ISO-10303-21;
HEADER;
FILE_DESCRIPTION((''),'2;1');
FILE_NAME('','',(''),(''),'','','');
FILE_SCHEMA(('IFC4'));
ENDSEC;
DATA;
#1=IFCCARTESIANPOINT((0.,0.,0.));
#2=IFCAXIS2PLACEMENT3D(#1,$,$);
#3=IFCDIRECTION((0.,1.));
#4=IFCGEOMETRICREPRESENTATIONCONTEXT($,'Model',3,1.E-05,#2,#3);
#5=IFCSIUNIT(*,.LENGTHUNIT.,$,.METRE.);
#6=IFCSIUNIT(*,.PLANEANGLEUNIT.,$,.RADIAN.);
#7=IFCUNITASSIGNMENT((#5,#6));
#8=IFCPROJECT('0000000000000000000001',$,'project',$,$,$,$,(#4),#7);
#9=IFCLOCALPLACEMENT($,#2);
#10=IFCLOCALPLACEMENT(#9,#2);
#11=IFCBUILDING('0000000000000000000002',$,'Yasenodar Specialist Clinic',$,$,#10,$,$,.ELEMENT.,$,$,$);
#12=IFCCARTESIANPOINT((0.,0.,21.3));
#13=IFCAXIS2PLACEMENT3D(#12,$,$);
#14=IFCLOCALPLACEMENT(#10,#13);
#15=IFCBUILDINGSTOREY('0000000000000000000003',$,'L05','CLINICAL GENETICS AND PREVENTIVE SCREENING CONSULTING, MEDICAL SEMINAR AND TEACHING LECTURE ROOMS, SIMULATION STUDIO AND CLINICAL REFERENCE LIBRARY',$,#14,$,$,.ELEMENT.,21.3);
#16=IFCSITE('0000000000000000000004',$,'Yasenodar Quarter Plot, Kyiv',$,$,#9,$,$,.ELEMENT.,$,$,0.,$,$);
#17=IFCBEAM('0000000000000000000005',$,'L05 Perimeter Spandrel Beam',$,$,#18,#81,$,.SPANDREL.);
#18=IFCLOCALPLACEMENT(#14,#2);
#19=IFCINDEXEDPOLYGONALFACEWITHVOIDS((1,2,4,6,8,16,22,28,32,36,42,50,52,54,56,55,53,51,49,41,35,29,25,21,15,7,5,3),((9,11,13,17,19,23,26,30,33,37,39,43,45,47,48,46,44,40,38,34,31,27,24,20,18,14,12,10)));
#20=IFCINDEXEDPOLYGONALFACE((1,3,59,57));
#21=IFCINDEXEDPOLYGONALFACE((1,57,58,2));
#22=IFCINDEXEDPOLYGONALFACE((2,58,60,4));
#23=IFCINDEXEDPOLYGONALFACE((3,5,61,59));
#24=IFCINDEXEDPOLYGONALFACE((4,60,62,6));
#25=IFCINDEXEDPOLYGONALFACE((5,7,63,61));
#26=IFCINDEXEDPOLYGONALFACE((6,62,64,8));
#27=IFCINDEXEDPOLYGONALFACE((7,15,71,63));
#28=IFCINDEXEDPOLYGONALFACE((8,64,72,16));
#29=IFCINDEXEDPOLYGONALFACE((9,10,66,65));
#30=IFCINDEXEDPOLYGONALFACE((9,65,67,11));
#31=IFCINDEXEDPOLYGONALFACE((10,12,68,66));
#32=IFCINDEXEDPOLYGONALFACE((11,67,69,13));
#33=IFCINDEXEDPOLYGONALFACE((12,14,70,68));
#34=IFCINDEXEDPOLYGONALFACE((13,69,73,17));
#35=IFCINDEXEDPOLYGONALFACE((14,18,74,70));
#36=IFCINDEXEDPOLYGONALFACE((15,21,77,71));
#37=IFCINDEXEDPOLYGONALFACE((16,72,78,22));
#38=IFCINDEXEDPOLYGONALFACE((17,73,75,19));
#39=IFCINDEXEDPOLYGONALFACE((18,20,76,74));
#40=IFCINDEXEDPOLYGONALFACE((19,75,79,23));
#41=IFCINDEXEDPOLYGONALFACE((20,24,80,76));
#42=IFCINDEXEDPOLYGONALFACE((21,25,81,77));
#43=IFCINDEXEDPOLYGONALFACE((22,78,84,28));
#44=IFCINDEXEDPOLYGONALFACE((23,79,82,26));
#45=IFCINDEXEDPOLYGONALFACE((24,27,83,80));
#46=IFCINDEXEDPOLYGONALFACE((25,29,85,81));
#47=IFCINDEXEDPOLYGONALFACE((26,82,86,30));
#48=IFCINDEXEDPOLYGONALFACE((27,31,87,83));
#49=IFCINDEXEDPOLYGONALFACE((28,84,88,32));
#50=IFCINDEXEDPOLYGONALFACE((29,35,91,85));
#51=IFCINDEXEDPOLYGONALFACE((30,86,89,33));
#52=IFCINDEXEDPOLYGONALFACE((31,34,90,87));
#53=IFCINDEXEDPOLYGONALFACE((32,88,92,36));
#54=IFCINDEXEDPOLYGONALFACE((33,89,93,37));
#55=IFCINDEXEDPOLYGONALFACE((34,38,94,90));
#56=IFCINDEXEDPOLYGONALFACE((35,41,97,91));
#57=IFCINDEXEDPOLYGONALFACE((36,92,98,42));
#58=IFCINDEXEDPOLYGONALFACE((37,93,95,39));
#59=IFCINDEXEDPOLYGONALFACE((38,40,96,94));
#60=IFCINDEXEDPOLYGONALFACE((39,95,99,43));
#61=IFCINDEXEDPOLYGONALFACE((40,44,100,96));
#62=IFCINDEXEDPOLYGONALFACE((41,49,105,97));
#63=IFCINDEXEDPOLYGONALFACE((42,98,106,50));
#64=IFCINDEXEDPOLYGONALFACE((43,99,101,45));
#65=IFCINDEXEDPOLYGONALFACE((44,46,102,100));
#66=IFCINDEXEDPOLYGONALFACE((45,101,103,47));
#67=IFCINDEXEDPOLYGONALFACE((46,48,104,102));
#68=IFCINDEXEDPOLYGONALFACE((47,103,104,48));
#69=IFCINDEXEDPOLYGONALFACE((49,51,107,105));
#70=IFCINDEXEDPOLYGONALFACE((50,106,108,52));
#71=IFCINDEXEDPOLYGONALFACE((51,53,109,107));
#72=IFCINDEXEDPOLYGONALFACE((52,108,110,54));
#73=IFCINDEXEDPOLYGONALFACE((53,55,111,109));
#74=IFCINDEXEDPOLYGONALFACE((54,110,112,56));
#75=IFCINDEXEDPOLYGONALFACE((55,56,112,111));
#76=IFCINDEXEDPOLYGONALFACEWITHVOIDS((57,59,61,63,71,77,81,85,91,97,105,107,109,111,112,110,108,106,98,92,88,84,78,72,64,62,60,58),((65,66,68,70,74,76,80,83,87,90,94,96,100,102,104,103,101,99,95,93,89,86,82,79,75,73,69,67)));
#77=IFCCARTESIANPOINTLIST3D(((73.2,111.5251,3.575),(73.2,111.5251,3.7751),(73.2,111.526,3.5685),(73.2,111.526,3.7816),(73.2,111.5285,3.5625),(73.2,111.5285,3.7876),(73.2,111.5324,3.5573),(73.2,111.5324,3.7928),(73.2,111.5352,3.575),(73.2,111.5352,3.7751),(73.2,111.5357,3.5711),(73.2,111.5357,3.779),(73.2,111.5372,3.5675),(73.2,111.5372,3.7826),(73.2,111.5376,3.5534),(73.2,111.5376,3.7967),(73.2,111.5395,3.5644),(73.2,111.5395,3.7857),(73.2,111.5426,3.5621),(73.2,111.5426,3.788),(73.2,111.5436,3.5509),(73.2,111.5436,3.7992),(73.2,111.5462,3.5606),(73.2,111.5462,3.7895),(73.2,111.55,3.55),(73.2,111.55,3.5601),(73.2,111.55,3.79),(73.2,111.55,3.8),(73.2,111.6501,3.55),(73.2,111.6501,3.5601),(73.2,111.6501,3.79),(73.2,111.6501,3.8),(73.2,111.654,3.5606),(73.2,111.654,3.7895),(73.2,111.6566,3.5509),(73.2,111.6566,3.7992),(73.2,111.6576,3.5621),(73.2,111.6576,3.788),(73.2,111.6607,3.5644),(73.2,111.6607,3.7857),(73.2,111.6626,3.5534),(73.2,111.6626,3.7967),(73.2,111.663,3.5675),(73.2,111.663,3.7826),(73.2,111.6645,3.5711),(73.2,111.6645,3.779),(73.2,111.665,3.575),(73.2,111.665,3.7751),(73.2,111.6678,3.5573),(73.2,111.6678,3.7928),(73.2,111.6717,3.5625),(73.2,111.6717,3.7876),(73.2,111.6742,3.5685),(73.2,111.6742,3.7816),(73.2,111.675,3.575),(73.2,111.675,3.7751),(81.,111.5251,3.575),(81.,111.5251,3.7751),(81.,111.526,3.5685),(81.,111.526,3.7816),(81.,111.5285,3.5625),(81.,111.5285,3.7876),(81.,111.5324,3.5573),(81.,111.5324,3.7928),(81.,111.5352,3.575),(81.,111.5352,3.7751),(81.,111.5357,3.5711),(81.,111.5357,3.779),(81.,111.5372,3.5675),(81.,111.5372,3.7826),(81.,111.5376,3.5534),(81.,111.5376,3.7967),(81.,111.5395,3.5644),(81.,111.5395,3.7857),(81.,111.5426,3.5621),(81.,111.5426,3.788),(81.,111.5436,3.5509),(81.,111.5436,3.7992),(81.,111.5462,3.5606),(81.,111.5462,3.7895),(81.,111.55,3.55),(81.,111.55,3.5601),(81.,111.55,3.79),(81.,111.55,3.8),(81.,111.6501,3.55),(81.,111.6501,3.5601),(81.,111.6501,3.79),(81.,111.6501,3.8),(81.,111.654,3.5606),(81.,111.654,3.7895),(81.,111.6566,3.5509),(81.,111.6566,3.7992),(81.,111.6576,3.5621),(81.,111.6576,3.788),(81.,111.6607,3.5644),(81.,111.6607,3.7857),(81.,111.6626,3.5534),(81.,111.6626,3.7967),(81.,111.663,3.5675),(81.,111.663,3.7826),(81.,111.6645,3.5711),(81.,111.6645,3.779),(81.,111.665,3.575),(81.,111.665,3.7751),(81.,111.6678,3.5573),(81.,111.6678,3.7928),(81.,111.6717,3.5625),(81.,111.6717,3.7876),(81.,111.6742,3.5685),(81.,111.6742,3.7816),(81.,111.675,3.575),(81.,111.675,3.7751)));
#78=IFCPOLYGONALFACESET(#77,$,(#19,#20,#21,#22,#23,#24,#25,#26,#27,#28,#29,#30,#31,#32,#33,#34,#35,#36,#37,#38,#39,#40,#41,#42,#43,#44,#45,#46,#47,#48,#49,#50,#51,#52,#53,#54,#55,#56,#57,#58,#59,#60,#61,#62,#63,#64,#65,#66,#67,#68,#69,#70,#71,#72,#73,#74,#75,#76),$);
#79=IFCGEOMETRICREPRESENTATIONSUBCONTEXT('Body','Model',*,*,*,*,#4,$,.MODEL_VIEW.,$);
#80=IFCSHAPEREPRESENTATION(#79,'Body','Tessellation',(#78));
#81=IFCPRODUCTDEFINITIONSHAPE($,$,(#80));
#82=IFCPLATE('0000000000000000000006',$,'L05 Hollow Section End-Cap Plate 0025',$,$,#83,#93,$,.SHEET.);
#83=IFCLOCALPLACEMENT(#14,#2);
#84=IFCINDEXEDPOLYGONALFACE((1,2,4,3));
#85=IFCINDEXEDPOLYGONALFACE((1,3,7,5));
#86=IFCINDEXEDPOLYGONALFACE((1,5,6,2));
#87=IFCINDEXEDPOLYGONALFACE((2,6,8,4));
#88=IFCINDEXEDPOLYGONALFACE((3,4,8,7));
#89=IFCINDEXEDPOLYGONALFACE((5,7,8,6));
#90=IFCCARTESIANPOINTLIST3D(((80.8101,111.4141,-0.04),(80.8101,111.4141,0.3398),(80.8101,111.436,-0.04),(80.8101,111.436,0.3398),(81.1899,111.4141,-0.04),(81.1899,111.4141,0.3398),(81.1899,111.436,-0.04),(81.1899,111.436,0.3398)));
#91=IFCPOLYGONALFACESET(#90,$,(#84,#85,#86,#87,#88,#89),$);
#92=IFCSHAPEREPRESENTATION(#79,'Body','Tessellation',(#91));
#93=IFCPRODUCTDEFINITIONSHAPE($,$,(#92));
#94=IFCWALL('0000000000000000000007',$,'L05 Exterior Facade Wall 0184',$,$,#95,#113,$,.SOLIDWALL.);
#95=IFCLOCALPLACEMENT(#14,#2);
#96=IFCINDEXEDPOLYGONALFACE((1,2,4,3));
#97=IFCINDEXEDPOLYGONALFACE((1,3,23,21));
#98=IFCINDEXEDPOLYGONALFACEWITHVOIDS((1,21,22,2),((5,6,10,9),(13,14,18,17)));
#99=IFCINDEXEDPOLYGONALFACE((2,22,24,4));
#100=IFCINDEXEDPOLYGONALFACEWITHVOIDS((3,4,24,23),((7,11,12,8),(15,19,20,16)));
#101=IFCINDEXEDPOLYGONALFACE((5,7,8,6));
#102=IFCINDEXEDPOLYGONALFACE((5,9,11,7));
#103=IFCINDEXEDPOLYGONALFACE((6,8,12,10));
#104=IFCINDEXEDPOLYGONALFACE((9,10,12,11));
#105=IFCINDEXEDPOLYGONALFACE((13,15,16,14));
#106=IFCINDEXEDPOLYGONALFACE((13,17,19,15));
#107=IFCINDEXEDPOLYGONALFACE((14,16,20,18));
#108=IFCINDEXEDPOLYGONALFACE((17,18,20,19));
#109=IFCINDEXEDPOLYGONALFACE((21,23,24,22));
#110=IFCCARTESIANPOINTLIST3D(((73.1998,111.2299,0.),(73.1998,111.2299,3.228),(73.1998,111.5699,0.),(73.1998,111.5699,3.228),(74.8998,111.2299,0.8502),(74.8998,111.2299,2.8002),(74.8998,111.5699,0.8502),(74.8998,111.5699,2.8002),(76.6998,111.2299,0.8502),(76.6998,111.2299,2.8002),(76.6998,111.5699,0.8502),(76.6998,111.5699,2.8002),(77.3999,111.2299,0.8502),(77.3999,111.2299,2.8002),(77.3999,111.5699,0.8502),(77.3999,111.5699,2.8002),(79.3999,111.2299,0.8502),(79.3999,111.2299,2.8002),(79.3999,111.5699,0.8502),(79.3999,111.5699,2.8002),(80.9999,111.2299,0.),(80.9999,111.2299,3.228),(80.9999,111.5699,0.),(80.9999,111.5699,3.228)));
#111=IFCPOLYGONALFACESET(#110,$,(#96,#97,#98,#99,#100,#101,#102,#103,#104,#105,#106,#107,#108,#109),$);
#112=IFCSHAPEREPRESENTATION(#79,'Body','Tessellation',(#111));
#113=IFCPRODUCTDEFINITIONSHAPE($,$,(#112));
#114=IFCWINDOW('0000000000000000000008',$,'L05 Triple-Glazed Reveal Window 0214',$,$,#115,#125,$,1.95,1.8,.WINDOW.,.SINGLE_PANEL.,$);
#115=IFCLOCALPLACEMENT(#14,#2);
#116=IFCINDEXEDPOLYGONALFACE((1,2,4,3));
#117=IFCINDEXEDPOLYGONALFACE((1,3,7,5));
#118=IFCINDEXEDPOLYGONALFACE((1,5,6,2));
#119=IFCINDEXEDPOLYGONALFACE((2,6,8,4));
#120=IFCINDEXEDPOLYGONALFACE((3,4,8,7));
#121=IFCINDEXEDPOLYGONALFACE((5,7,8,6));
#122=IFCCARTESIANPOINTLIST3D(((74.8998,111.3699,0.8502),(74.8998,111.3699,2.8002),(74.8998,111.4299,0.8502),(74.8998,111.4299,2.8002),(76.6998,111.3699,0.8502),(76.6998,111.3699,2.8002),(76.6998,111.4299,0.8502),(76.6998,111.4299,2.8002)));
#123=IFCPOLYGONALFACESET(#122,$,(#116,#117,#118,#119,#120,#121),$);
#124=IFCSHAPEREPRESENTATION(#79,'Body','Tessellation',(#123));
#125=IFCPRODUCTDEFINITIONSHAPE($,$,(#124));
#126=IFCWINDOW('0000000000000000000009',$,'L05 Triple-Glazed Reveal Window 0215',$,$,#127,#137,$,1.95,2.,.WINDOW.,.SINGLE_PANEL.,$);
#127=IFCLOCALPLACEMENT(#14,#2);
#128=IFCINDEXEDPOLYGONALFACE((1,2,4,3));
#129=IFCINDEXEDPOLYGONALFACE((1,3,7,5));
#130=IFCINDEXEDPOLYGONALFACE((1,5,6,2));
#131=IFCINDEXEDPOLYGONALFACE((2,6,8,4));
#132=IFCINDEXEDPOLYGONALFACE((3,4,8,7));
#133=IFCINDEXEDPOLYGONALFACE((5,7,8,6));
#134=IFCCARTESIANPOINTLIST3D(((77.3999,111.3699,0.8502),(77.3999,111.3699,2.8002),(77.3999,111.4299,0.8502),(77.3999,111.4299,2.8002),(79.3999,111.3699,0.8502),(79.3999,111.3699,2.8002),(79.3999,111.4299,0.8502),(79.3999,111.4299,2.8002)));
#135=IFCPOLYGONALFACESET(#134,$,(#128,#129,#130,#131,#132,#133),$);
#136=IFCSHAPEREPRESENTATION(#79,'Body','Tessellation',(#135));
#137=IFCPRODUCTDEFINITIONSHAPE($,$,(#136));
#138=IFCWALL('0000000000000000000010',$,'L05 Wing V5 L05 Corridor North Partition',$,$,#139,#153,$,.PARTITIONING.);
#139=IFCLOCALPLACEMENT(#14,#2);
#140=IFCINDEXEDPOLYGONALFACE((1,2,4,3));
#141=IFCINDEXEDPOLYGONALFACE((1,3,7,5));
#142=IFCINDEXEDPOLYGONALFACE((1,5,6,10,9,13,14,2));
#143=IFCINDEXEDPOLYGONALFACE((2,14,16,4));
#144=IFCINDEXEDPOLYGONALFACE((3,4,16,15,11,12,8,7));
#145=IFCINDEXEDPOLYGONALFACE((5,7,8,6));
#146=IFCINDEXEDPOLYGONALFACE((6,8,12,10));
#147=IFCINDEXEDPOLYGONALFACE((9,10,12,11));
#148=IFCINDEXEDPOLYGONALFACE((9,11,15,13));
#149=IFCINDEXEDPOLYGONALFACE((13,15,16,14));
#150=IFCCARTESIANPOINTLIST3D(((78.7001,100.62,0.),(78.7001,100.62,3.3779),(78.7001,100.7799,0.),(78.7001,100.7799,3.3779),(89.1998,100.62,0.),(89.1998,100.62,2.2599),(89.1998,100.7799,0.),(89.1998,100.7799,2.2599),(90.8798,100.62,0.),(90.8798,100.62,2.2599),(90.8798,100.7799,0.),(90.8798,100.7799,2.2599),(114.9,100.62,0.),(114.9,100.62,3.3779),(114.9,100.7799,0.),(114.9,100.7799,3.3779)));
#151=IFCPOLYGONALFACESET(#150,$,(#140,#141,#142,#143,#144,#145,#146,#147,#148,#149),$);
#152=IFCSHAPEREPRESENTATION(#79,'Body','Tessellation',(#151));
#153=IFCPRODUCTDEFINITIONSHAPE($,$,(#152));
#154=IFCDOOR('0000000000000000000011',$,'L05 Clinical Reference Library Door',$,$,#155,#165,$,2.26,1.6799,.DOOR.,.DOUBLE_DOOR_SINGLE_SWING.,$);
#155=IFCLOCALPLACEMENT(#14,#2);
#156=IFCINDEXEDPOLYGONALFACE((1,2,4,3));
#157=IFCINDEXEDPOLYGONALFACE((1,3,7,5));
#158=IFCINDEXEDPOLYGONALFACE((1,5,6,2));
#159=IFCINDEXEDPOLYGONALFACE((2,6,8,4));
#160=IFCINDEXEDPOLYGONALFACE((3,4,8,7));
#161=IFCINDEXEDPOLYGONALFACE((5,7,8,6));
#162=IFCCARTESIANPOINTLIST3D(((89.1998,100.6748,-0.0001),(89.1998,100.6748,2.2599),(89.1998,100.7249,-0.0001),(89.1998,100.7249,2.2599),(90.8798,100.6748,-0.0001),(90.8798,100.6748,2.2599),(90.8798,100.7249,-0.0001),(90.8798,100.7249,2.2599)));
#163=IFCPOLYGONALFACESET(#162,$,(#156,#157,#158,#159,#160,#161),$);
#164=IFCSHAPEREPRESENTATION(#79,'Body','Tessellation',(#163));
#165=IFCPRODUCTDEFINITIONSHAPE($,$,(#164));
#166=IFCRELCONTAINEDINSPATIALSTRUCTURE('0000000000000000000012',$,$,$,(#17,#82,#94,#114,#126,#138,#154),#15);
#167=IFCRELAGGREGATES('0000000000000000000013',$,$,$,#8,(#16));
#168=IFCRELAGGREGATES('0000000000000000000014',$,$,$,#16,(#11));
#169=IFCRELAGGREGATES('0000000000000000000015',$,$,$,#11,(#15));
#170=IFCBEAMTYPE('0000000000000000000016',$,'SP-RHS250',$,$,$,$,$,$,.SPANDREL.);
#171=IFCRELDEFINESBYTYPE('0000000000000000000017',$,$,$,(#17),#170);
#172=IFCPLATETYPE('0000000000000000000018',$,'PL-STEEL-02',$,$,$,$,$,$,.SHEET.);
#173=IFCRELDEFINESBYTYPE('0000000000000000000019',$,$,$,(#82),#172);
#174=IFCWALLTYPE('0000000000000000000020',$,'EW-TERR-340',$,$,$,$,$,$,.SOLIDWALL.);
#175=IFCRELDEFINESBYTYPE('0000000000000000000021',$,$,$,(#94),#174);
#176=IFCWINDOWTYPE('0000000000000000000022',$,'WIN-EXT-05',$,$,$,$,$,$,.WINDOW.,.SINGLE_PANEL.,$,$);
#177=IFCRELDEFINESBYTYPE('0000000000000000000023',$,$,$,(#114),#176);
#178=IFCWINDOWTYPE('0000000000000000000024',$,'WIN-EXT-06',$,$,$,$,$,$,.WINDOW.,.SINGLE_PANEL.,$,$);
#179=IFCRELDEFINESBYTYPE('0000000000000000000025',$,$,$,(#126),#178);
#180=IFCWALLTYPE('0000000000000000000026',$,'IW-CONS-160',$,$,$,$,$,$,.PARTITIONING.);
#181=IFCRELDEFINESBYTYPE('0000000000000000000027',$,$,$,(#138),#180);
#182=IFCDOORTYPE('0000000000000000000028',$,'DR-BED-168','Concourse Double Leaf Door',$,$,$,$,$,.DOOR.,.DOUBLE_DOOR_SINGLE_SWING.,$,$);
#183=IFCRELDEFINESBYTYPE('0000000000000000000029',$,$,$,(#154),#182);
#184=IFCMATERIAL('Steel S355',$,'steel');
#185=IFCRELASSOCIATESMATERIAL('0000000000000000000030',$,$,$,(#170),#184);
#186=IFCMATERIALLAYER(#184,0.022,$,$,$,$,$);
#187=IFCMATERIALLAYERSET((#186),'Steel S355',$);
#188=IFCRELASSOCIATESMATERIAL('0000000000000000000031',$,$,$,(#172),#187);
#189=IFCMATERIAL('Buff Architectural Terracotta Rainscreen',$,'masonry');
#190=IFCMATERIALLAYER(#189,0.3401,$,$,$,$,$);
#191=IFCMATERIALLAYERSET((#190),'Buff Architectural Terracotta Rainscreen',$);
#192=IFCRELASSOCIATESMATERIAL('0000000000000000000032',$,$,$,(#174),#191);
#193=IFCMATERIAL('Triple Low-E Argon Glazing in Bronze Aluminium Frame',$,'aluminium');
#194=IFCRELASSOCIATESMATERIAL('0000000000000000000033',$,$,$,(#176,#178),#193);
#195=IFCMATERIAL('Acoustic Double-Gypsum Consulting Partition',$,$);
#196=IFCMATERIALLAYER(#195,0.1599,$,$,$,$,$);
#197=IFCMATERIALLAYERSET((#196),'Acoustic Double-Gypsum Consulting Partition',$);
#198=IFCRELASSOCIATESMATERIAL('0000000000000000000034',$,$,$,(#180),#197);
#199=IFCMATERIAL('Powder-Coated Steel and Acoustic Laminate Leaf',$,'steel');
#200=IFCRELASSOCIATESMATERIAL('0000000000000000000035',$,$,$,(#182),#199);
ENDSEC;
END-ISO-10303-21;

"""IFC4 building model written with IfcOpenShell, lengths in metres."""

from ifc_helpers import new_model, si_unit, direction, frame, frame_2d, origin, origin_2d, place, context, subcontext, project, spatial, rectangle, hollow_rectangle, extrude, material, layer, layer_set, material_profile, profile_set, type_object, element, fill, save


model = new_model("IFC4")

# Units and contexts
model_context = context("Model", 3, precision=1e-05, world=origin(), true_north=direction((0.0, 1.0)))
body_context = subcontext(model_context, "Body", "Model", "MODEL_VIEW")
ifc_project = project(units=[si_unit("LENGTHUNIT", "METRE"), si_unit("PLANEANGLEUNIT", "RADIAN")], contexts=[model_context])

# Site, building, storey
site_placement = place(None, origin())
site = spatial("IfcSite", under=ifc_project, at=site_placement, Name="Yasenodar Quarter Plot, Kyiv", CompositionType="ELEMENT", RefElevation=0.0)
building_placement = place(site_placement, origin())
building = spatial("IfcBuilding", under=site, at=building_placement, Name="Yasenodar Specialist Clinic", CompositionType="ELEMENT")
storey_placement = place(building_placement, frame((0.0, 0.0, 21.3)))
storey = spatial("IfcBuildingStorey", under=building, at=storey_placement, Name="L05", Description="CLINICAL GENETICS AND PREVENTIVE SCREENING CONSULTING, MEDICAL SEMINAR AND TEACHING LECTURE ROOMS, SIMULATION STUDIO AND CLINICAL REFERENCE LIBRARY", CompositionType="ELEMENT", Elevation=21.3)

# Shared definitions
ifc_material_1 = material(Name="Steel S355", Category="steel")

# Beam
ifc_material_profile_1 = material_profile(ifc_material_1, hollow_rectangle(XDim=0.1499, YDim=0.25, WallThickness=0.01, InnerFilletRadius=0.0149, OuterFilletRadius=0.0249, at=origin_2d()), Name="RHS 250x150x10")
ifc_profile_set_1 = profile_set([ifc_material_profile_1], Name="Steel S355")
beam_type_1 = type_object("IfcBeamType", Name="SP-RHS250", PredefinedType="SPANDREL", material=ifc_profile_set_1)
beam_1_placement = place(storey_placement, frame((73.2, 111.6001, 3.675), z_axis=(1.0, 0.0, 0.0), x_axis=(0.0, 1.0, 0.0)))
element("IfcBeam", 1, at=beam_1_placement, inside=storey, type_object=beam_type_1, Name="L05 Perimeter Spandrel Beam", PredefinedType="SPANDREL", context=body_context, shape_type="SweptSolid", body=[
    extrude(hollow_rectangle(XDim=0.1499, YDim=0.25, WallThickness=0.01, InnerFilletRadius=0.0149, OuterFilletRadius=0.0249, at=origin_2d()), origin(), (0.0, 0.0, 1.0), 7.8),
])

# Plate
ifc_layer_1 = layer(ifc_material_1, 0.022)
ifc_layer_set_1 = layer_set([ifc_layer_1], Name="Steel S355")
plate_type = type_object("IfcPlateType", Name="PL-STEEL-02", PredefinedType="SHEET", material=ifc_layer_set_1)
plate_placement = place(storey_placement, frame((81.0, 111.425, -0.04), z_axis=(0.0, 0.0, 1.0), x_axis=(1.0, 0.0, 0.0)))
element("IfcPlate", 2, at=plate_placement, inside=storey, type_object=plate_type, Name="L05 Hollow Section End-Cap Plate 0025", PredefinedType="SHEET", context=body_context, shape_type="SweptSolid", body=[
    extrude(rectangle(XDim=0.3799, YDim=0.022, at=origin_2d()), origin(), (0.0, 0.0, 1.0), 0.3799),
])

# Wall, openings, windows
ifc_material_2 = material(Name="Buff Architectural Terracotta Rainscreen", Category="masonry")
ifc_layer_2 = layer(ifc_material_2, 0.3401)
ifc_layer_set_2 = layer_set([ifc_layer_2], Name="Buff Architectural Terracotta Rainscreen")
wall_type_1 = type_object("IfcWallType", Name="EW-TERR-340", PredefinedType="SOLIDWALL", material=ifc_layer_set_2)
wall_1_placement = place(storey_placement, frame((73.2, 111.3999, 0.0), z_axis=(0.0, 0.0, 1.0), x_axis=(1.0, 0.0, 0.0)))
wall_1 = element("IfcWall", 3, at=wall_1_placement, inside=storey, type_object=wall_type_1, Name="L05 Exterior Facade Wall 0184", PredefinedType="SOLIDWALL", context=body_context, shape_type="SweptSolid", body=[
    extrude(rectangle(XDim=7.8, YDim=0.3401, at=frame_2d((3.8999, 0.0))), origin(), (0.0, 0.0, 1.0), 3.228),
])
opening_1_placement = place(wall_1_placement, frame((1.7, 0.0, 0.8501)))
opening_1 = element("IfcOpeningElement", 4, at=opening_1_placement, cuts=wall_1, PredefinedType="OPENING", context=body_context, shape_type="SweptSolid", body=[
    extrude(rectangle(XDim=1.8, YDim=1.95, at=frame_2d((0.8999, 0.9751))), frame((0.0, 0.1802, 0.0), z_axis=(0.0, -1.0, 0.0), x_axis=(1.0, 0.0, 0.0)), (0.0, 0.0, 1.0), 0.3601),
])
opening_2_placement = place(wall_1_placement, frame((4.2, 0.0, 0.8501)))
opening_2 = element("IfcOpeningElement", 5, at=opening_2_placement, cuts=wall_1, PredefinedType="OPENING", context=body_context, shape_type="SweptSolid", body=[
    extrude(rectangle(XDim=2.0, YDim=1.95, at=frame_2d((1.0, 0.9751))), frame((0.0, 0.1802, 0.0), z_axis=(0.0, -1.0, 0.0), x_axis=(1.0, 0.0, 0.0)), (0.0, 0.0, 1.0), 0.3601),
])
ifc_material_3 = material(Name="Triple Low-E Argon Glazing in Bronze Aluminium Frame", Category="aluminium")
window_type_1 = type_object("IfcWindowType", Name="WIN-EXT-05", PartitioningType="SINGLE_PANEL", PredefinedType="WINDOW", material=ifc_material_3)
window_1_placement = place(opening_1_placement, origin())
window_1 = element("IfcWindow", 6, at=window_1_placement, inside=storey, type_object=window_type_1, Name="L05 Triple-Glazed Reveal Window 0214", OverallHeight=1.95, OverallWidth=1.8, PartitioningType="SINGLE_PANEL", PredefinedType="WINDOW", context=body_context, shape_type="SweptSolid", body=[
    extrude(rectangle(XDim=1.8, YDim=1.95, at=frame_2d((0.8999, 0.9751))), frame((0.0, 0.03, 0.0), z_axis=(0.0, -1.0, 0.0), x_axis=(1.0, 0.0, 0.0)), (0.0, 0.0, 1.0), 0.0601),
])
fill(opening_1, window_1)
window_type_2 = type_object("IfcWindowType", Name="WIN-EXT-06", PartitioningType="SINGLE_PANEL", PredefinedType="WINDOW", material=ifc_material_3)
window_2_placement = place(opening_2_placement, origin())
window_2 = element("IfcWindow", 7, at=window_2_placement, inside=storey, type_object=window_type_2, Name="L05 Triple-Glazed Reveal Window 0215", OverallHeight=1.95, OverallWidth=2.0, PartitioningType="SINGLE_PANEL", PredefinedType="WINDOW", context=body_context, shape_type="SweptSolid", body=[
    extrude(rectangle(XDim=2.0, YDim=1.95, at=frame_2d((1.0, 0.9751))), frame((0.0, 0.03, 0.0), z_axis=(0.0, -1.0, 0.0), x_axis=(1.0, 0.0, 0.0)), (0.0, 0.0, 1.0), 0.0601),
])
fill(opening_2, window_2)

# Wall, opening, door
ifc_material_4 = material(Name="Acoustic Double-Gypsum Consulting Partition")
ifc_layer_3 = layer(ifc_material_4, 0.1599)
ifc_layer_set_3 = layer_set([ifc_layer_3], Name="Acoustic Double-Gypsum Consulting Partition")
wall_type_2 = type_object("IfcWallType", Name="IW-CONS-160", PredefinedType="PARTITIONING", material=ifc_layer_set_3)
wall_2_placement = place(storey_placement, frame((78.7, 100.7, 0.0), z_axis=(0.0, 0.0, 1.0), x_axis=(1.0, 0.0, 0.0)))
wall_2 = element("IfcWall", 8, at=wall_2_placement, inside=storey, type_object=wall_type_2, Name="L05 Wing V5 L05 Corridor North Partition", PredefinedType="PARTITIONING", context=body_context, shape_type="SweptSolid", body=[
    extrude(rectangle(XDim=36.2, YDim=0.1599, at=frame_2d((18.1001, 0.0))), origin(), (0.0, 0.0, 1.0), 3.3779),
])
opening_3_placement = place(wall_2_placement, frame((10.5, 0.0, 0.0)))
opening_3 = element("IfcOpeningElement", 9, at=opening_3_placement, cuts=wall_2, PredefinedType="OPENING", context=body_context, shape_type="SweptSolid", body=[
    extrude(rectangle(XDim=1.6799, YDim=2.26, at=frame_2d((0.8398, 1.1299))), frame((0.0, 0.0898, 0.0), z_axis=(0.0, -1.0, 0.0), x_axis=(1.0, 0.0, 0.0)), (0.0, 0.0, 1.0), 0.1799),
])
ifc_material_5 = material(Name="Powder-Coated Steel and Acoustic Laminate Leaf", Category="steel")
door_type_1 = type_object("IfcDoorType", Name="DR-BED-168", Description="Concourse Double Leaf Door", OperationType="DOUBLE_DOOR_SINGLE_SWING", PredefinedType="DOOR", material=ifc_material_5)
door_1_placement = place(opening_3_placement, origin())
door_1 = element("IfcDoor", 10, at=door_1_placement, inside=storey, type_object=door_type_1, Name="L05 Clinical Reference Library Door", OperationType="DOUBLE_DOOR_SINGLE_SWING", OverallHeight=2.26, OverallWidth=1.6799, PredefinedType="DOOR", context=body_context, shape_type="SweptSolid", body=[
    extrude(rectangle(XDim=1.6799, YDim=2.26, at=frame_2d((0.8398, 1.1299))), frame((0.0, 0.0249, 0.0), z_axis=(0.0, -1.0, 0.0), x_axis=(1.0, 0.0, 0.0)), (0.0, 0.0, 1.0), 0.05),
])
fill(opening_3, door_1)

save(model, "model.ifc")
